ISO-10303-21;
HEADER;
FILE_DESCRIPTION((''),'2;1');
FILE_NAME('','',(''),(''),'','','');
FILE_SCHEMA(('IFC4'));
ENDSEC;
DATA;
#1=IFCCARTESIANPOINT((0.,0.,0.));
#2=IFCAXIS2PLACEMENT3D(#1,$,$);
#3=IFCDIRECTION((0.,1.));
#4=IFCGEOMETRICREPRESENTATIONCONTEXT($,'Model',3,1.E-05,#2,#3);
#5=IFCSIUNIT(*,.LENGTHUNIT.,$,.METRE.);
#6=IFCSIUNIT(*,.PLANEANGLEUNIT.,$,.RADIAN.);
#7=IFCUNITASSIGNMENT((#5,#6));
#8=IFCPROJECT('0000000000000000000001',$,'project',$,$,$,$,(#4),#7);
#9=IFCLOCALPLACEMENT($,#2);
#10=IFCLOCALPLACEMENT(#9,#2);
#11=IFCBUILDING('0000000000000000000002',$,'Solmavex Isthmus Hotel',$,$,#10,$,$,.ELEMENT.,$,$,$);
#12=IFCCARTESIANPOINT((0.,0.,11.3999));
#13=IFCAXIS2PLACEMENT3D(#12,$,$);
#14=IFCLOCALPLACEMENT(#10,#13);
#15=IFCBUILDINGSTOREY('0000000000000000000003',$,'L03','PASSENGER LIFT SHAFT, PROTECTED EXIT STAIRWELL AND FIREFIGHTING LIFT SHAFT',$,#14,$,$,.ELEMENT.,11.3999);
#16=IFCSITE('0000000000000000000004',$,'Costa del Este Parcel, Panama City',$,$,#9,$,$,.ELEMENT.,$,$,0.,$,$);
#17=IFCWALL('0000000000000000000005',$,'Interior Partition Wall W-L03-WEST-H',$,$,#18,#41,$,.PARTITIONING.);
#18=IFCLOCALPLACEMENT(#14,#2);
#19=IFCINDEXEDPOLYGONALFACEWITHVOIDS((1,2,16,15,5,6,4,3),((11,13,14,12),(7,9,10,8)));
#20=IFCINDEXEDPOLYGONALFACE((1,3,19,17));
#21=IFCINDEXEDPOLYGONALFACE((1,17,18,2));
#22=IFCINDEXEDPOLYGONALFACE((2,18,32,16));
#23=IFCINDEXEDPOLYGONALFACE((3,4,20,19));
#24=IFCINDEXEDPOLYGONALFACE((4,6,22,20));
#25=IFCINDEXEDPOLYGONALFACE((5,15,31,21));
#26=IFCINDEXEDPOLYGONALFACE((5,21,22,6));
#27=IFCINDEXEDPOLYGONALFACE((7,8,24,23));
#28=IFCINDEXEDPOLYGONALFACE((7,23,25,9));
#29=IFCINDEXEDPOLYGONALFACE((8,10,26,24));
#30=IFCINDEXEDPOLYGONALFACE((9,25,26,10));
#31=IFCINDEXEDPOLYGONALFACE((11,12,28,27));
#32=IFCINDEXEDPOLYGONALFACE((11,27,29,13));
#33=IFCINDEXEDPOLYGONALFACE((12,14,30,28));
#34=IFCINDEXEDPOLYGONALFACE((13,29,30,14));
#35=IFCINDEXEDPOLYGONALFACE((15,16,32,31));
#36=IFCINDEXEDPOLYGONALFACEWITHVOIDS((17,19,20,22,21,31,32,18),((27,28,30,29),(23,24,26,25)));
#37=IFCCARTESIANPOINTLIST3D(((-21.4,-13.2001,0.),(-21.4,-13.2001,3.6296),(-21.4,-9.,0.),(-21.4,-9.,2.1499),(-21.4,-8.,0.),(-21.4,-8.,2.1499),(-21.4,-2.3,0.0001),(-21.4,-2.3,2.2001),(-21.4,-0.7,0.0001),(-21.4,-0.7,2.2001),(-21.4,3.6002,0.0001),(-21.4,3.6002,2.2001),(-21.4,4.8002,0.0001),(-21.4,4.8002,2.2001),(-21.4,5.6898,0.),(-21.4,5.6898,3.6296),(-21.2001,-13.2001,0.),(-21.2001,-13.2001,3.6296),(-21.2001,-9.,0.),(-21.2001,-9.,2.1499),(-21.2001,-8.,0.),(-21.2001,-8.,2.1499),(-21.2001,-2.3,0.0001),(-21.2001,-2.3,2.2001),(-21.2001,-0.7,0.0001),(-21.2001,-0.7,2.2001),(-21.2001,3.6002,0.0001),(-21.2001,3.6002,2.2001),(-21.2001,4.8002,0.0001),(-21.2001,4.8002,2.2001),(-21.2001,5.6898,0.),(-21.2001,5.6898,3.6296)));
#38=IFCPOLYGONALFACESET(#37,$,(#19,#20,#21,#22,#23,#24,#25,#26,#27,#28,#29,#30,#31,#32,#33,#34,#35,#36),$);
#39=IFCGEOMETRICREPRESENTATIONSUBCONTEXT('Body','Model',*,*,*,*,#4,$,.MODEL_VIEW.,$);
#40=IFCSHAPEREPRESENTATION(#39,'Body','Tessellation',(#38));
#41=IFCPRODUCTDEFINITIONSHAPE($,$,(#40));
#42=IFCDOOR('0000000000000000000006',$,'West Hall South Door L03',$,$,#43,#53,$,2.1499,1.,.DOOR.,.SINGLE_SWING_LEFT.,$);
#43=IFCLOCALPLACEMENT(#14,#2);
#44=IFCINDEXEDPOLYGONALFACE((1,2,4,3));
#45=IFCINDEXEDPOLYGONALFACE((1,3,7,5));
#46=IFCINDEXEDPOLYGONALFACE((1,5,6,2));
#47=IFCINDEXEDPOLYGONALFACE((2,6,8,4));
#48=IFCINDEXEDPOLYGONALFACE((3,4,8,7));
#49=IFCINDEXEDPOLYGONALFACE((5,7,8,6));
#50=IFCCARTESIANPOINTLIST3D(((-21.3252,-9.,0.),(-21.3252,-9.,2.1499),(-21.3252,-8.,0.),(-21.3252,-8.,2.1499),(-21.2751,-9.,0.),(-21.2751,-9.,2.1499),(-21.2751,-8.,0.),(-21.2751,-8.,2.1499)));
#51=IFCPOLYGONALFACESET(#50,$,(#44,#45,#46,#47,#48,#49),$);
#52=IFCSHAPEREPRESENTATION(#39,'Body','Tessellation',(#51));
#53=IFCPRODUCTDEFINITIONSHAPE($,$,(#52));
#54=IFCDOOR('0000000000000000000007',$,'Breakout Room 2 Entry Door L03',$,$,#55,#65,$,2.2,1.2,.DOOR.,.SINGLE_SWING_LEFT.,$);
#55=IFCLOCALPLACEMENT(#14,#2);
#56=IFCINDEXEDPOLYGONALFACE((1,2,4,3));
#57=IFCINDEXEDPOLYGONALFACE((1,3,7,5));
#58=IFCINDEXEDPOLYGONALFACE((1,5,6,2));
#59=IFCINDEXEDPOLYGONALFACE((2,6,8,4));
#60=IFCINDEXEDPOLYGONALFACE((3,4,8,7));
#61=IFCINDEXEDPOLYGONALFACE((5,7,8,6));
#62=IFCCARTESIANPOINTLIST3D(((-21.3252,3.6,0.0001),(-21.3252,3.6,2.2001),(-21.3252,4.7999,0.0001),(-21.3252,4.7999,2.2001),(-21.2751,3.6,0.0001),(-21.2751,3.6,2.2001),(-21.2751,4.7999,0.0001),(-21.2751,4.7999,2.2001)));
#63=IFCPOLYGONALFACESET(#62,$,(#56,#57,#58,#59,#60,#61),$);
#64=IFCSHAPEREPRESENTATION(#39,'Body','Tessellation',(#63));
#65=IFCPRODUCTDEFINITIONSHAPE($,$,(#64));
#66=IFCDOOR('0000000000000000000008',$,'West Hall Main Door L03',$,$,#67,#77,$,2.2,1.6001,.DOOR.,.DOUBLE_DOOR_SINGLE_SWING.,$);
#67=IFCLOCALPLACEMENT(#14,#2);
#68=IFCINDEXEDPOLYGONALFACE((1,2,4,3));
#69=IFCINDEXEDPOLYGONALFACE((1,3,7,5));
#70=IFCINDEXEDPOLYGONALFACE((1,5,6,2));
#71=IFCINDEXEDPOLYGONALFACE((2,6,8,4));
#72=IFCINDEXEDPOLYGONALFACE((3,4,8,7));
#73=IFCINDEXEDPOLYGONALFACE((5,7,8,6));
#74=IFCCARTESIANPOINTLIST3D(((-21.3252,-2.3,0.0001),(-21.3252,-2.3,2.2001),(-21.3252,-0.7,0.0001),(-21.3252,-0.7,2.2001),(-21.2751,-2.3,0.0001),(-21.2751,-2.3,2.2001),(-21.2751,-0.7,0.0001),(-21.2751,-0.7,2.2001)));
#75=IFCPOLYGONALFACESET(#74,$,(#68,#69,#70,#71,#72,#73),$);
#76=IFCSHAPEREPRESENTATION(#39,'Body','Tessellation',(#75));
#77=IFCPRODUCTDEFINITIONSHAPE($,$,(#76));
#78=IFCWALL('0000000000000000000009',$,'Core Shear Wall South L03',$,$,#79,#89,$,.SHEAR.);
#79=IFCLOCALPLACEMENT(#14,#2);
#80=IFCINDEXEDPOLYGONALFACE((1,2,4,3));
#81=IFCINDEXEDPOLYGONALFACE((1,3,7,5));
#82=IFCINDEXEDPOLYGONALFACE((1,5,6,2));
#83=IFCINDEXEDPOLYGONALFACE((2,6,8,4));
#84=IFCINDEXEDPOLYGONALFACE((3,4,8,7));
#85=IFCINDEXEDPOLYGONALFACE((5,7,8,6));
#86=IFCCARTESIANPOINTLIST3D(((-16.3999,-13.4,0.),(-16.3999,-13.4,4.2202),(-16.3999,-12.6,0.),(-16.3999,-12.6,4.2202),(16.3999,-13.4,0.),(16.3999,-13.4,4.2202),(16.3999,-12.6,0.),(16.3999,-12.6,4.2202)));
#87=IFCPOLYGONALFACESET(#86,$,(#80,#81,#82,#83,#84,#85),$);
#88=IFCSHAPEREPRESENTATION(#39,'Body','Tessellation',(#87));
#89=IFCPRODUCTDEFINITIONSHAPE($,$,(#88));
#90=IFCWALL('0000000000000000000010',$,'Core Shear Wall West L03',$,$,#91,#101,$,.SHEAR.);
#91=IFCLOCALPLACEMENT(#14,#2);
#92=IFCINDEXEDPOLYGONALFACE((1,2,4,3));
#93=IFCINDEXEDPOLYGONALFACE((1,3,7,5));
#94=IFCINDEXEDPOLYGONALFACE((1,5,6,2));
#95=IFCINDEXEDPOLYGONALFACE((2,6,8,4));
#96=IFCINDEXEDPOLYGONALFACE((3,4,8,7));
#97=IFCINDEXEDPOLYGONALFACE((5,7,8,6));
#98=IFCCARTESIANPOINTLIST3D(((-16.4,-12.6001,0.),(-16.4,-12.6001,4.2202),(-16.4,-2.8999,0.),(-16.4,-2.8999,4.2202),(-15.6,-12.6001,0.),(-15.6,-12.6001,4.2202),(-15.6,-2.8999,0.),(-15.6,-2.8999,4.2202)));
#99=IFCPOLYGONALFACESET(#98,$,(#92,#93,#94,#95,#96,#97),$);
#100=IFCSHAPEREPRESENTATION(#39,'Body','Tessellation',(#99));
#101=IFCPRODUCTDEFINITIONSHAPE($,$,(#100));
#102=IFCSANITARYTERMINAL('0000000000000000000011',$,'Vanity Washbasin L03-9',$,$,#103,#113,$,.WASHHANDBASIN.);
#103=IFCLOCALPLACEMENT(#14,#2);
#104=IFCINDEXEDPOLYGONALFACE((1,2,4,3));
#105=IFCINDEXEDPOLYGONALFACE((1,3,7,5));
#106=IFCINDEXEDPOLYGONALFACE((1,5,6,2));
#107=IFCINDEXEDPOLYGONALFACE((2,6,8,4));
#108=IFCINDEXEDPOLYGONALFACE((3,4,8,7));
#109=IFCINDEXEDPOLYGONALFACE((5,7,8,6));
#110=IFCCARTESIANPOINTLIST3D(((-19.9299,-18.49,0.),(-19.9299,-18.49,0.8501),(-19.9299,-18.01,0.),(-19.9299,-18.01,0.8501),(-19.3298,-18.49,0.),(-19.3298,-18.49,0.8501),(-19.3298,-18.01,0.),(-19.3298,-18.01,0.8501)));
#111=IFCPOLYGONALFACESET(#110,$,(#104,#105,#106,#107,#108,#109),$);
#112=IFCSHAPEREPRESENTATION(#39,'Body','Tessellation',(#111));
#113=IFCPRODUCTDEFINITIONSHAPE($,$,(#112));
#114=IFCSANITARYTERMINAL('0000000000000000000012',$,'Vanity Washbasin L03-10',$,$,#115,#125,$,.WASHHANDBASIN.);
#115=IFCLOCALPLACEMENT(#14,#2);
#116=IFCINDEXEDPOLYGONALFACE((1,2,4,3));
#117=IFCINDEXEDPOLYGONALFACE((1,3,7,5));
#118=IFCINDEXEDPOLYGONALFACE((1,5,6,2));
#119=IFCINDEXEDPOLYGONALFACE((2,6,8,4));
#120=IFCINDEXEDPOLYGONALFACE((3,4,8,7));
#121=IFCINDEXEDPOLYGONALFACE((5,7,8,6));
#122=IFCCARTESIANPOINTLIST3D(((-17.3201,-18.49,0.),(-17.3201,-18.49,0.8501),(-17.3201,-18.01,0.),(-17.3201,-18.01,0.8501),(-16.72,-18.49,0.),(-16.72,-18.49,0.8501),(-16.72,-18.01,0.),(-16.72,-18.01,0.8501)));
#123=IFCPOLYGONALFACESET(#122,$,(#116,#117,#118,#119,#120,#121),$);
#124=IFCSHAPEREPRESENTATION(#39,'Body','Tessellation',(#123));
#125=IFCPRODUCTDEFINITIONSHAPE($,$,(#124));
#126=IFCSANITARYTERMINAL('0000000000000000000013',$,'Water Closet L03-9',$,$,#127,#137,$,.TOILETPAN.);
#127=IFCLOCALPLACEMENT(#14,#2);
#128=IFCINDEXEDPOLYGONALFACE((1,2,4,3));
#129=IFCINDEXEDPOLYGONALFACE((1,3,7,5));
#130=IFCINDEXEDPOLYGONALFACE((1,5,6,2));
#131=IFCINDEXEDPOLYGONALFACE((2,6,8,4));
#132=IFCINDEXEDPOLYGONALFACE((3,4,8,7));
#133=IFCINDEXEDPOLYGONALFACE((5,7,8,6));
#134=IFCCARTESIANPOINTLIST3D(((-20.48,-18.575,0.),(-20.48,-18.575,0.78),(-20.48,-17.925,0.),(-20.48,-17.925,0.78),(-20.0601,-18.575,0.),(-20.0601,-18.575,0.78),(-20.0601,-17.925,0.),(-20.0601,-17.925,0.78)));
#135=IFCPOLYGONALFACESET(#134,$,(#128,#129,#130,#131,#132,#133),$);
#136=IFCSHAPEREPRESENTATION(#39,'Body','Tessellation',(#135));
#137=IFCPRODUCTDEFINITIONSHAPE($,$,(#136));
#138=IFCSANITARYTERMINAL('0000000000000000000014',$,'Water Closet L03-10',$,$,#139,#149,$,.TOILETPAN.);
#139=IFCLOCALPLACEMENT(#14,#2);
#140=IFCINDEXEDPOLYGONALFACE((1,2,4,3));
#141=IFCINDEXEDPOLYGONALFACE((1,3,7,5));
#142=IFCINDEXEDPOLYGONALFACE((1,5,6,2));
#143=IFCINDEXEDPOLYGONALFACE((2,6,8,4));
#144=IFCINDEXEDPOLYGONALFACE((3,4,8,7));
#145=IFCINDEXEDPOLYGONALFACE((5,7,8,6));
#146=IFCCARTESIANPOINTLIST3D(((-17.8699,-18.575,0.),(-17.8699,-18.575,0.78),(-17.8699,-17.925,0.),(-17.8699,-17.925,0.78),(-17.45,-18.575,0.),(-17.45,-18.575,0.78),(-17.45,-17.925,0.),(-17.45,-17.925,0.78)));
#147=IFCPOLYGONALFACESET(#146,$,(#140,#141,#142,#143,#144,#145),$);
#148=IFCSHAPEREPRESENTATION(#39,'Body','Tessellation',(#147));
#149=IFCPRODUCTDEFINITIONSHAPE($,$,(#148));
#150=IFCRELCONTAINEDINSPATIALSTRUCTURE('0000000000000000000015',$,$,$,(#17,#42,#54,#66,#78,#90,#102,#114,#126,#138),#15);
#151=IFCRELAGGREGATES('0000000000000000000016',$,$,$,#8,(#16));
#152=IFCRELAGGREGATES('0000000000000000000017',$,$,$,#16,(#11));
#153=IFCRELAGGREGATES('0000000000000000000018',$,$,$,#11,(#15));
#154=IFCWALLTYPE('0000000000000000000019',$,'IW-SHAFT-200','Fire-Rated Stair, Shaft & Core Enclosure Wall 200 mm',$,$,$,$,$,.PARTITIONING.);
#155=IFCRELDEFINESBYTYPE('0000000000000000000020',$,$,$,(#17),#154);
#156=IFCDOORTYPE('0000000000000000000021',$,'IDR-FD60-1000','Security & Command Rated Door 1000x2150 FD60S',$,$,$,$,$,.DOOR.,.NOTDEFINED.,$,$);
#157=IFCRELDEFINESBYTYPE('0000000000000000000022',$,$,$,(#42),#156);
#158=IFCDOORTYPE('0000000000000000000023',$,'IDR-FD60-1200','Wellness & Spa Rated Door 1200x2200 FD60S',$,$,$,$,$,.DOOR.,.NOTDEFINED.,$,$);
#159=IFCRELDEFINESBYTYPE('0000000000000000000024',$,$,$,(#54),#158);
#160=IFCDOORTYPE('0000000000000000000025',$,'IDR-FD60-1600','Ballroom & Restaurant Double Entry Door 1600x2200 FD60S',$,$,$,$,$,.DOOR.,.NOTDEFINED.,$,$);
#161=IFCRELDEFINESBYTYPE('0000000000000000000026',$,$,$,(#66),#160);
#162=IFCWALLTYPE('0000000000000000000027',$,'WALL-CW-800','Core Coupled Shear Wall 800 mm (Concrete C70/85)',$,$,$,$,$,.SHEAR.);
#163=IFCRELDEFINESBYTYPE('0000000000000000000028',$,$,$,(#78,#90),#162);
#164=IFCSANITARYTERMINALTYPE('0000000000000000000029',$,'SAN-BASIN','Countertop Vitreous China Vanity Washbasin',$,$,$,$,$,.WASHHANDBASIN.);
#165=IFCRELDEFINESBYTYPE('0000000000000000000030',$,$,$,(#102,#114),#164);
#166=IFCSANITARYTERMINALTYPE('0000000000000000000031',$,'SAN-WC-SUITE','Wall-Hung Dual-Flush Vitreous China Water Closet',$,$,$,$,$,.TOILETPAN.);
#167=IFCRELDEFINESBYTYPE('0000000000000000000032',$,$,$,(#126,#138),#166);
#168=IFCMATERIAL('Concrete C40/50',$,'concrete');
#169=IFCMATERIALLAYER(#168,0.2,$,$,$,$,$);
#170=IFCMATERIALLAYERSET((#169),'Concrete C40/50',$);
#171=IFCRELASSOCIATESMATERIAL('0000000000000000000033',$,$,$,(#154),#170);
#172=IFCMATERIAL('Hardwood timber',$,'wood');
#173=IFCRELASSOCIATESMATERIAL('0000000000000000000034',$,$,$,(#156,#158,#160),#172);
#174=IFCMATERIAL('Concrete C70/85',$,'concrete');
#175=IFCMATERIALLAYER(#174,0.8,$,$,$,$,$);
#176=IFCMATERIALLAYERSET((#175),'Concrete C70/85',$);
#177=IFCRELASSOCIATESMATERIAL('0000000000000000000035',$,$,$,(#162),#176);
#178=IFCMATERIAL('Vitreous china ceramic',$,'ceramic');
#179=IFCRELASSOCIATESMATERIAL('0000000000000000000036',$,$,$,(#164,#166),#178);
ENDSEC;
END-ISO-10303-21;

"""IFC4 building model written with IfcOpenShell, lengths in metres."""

from ifc_helpers import new_model, si_unit, direction, frame, frame_2d, origin, origin_2d, place, context, subcontext, project, spatial, rectangle, extrude, material, layer, layer_set, type_object, element, fill, save


model = new_model("IFC4")

# Units and contexts
model_context = context("Model", 3, precision=1e-05, world=origin(), true_north=direction((0.0, 1.0)))
body_context = subcontext(model_context, "Body", "Model", "MODEL_VIEW")
ifc_project = project(units=[si_unit("LENGTHUNIT", "METRE"), si_unit("PLANEANGLEUNIT", "RADIAN")], contexts=[model_context])

# Site, building, storey
site_placement = place(None, origin())
site = spatial("IfcSite", under=ifc_project, at=site_placement, Name="Costa del Este Parcel, Panama City", CompositionType="ELEMENT", RefElevation=0.0)
building_placement = place(site_placement, origin())
building = spatial("IfcBuilding", under=site, at=building_placement, Name="Solmavex Isthmus Hotel", CompositionType="ELEMENT")
storey_placement = place(building_placement, frame((0.0, 0.0, 11.3999)))
storey = spatial("IfcBuildingStorey", under=building, at=storey_placement, Name="L03", Description="PASSENGER LIFT SHAFT, PROTECTED EXIT STAIRWELL AND FIREFIGHTING LIFT SHAFT", CompositionType="ELEMENT", Elevation=11.3999)

# Shared definitions
ifc_material_1 = material(Name="Concrete C70/85", Category="concrete")

# Shared definitions
ifc_material_2 = material(Name="Hardwood timber", Category="wood")

# Wall, openings, doors
ifc_material_3 = material(Name="Concrete C40/50", Category="concrete")
ifc_layer_1 = layer(ifc_material_3, 0.2)
ifc_layer_set_1 = layer_set([ifc_layer_1], Name="Concrete C40/50")
wall_type_1 = type_object("IfcWallType", Name="IW-SHAFT-200", Description="Fire-Rated Stair, Shaft & Core Enclosure Wall 200 mm", PredefinedType="PARTITIONING", material=ifc_layer_set_1)
wall_1_placement = place(storey_placement, frame((-21.3, -13.2, 0.0), z_axis=(0.0, 0.0, 1.0), x_axis=(0.0, 1.0, 0.0)))
wall_1 = element("IfcWall", 1, at=wall_1_placement, inside=storey, type_object=wall_type_1, Name="Interior Partition Wall W-L03-WEST-H", PredefinedType="PARTITIONING", context=body_context, shape_type="SweptSolid", body=[
    extrude(rectangle(XDim=18.8899, YDim=0.2, at=frame_2d((9.4448, 0.0))), origin(), (0.0, 0.0, 1.0), 3.6296),
])
opening_1_placement = place(wall_1_placement, frame((16.8, 0.0, 0.0)))
opening_1 = element("IfcOpeningElement", 2, at=opening_1_placement, cuts=wall_1, PredefinedType="OPENING", context=body_context, shape_type="SweptSolid", body=[
    extrude(rectangle(XDim=1.2, YDim=2.2, at=frame_2d((0.6001, 1.1001))), frame((0.0, 0.1099, 0.0), z_axis=(0.0, -1.0, 0.0), x_axis=(1.0, 0.0, 0.0)), (0.0, 0.0, 1.0), 0.22),
])
opening_2_placement = place(wall_1_placement, frame((10.8999, 0.0, 0.0)))
opening_2 = element("IfcOpeningElement", 3, at=opening_2_placement, cuts=wall_1, PredefinedType="OPENING", context=body_context, shape_type="SweptSolid", body=[
    extrude(rectangle(XDim=1.6001, YDim=2.2, at=frame_2d((0.8, 1.1001))), frame((0.0, 0.1099, 0.0), z_axis=(0.0, -1.0, 0.0), x_axis=(1.0, 0.0, 0.0)), (0.0, 0.0, 1.0), 0.22),
])
opening_3_placement = place(wall_1_placement, frame((4.2, 0.0, 0.0)))
opening_3 = element("IfcOpeningElement", 4, at=opening_3_placement, cuts=wall_1, PredefinedType="OPENING", context=body_context, shape_type="SweptSolid", body=[
    extrude(rectangle(XDim=1.0, YDim=2.1499, at=frame_2d((0.5, 1.075))), frame((0.0, 0.1099, 0.0), z_axis=(0.0, -1.0, 0.0), x_axis=(1.0, 0.0, 0.0)), (0.0, 0.0, 1.0), 0.22),
])
door_type_1 = type_object("IfcDoorType", Name="IDR-FD60-1000", Description="Security & Command Rated Door 1000x2150 FD60S", OperationType="NOTDEFINED", PredefinedType="DOOR", material=ifc_material_2)
door_1_placement = place(opening_3_placement, frame((1.0, 0.0, 0.0), z_axis=(0.0, 0.0, 1.0), x_axis=(-1.0, 0.0, 0.0)))
door_1 = element("IfcDoor", 5, at=door_1_placement, inside=storey, type_object=door_type_1, Name="West Hall South Door L03", OperationType="SINGLE_SWING_LEFT", OverallHeight=2.1499, OverallWidth=1.0, PredefinedType="DOOR", context=body_context, shape_type="SweptSolid", body=[
    extrude(rectangle(XDim=1.0, YDim=2.1499, at=frame_2d((0.5, 1.075))), frame((0.0, 0.0249, 0.0), z_axis=(0.0, -1.0, 0.0), x_axis=(1.0, 0.0, 0.0)), (0.0, 0.0, 1.0), 0.05),
])
fill(opening_3, door_1)
door_type_2 = type_object("IfcDoorType", Name="IDR-FD60-1200", Description="Wellness & Spa Rated Door 1200x2200 FD60S", OperationType="NOTDEFINED", PredefinedType="DOOR", material=ifc_material_2)
door_2_placement = place(opening_1_placement, frame((1.2, 0.0, 0.0), z_axis=(0.0, 0.0, 1.0), x_axis=(-1.0, 0.0, 0.0)))
door_2 = element("IfcDoor", 6, at=door_2_placement, inside=storey, type_object=door_type_2, Name="Breakout Room 2 Entry Door L03", OperationType="SINGLE_SWING_LEFT", OverallHeight=2.2, OverallWidth=1.2, PredefinedType="DOOR", context=body_context, shape_type="SweptSolid", body=[
    extrude(rectangle(XDim=1.2, YDim=2.2, at=frame_2d((0.6001, 1.1001))), frame((0.0, 0.0249, 0.0), z_axis=(0.0, -1.0, 0.0), x_axis=(1.0, 0.0, 0.0)), (0.0, 0.0, 1.0), 0.05),
])
fill(opening_1, door_2)
door_type_3 = type_object("IfcDoorType", Name="IDR-FD60-1600", Description="Ballroom & Restaurant Double Entry Door 1600x2200 FD60S", OperationType="NOTDEFINED", PredefinedType="DOOR", material=ifc_material_2)
door_3_placement = place(opening_2_placement, frame((1.6001, 0.0, 0.0), z_axis=(0.0, 0.0, 1.0), x_axis=(-1.0, 0.0, 0.0)))
door_3 = element("IfcDoor", 7, at=door_3_placement, inside=storey, type_object=door_type_3, Name="West Hall Main Door L03", OperationType="DOUBLE_DOOR_SINGLE_SWING", OverallHeight=2.2, OverallWidth=1.6001, PredefinedType="DOOR", context=body_context, shape_type="SweptSolid", body=[
    extrude(rectangle(XDim=1.6001, YDim=2.2, at=frame_2d((0.8, 1.1001))), frame((0.0, 0.0249, 0.0), z_axis=(0.0, -1.0, 0.0), x_axis=(1.0, 0.0, 0.0)), (0.0, 0.0, 1.0), 0.05),
])
fill(opening_2, door_3)

# Walls
ifc_layer_2 = layer(ifc_material_1, 0.8)
ifc_layer_set_2 = layer_set([ifc_layer_2], Name="Concrete C70/85")
wall_type_2 = type_object("IfcWallType", Name="WALL-CW-800", Description="Core Coupled Shear Wall 800 mm (Concrete C70/85)", PredefinedType="SHEAR", material=ifc_layer_set_2)
wall_2_placement = place(storey_placement, frame((-16.3999, -13.0, 0.0), z_axis=(0.0, 0.0, 1.0), x_axis=(1.0, 0.0, 0.0)))
element("IfcWall", 8, at=wall_2_placement, inside=storey, type_object=wall_type_2, Name="Core Shear Wall South L03", PredefinedType="SHEAR", context=body_context, shape_type="SweptSolid", body=[
    extrude(rectangle(XDim=32.7998, YDim=0.8, at=frame_2d((16.3999, 0.0))), origin(), (0.0, 0.0, 1.0), 4.2202),
])
wall_3_placement = place(storey_placement, frame((-16.0, -12.6001, 0.0), z_axis=(0.0, 0.0, 1.0), x_axis=(0.0, 1.0, 0.0)))
element("IfcWall", 9, at=wall_3_placement, inside=storey, type_object=wall_type_2, Name="Core Shear Wall West L03", PredefinedType="SHEAR", context=body_context, shape_type="SweptSolid", body=[
    extrude(rectangle(XDim=9.7002, YDim=0.8, at=frame_2d((4.8501, 0.0))), origin(), (0.0, 0.0, 1.0), 4.2202),
])

# Sanitary terminals
ifc_material_4 = material(Name="Vitreous china ceramic", Category="ceramic")
sanitary_terminal_type_1 = type_object("IfcSanitaryTerminalType", Name="SAN-BASIN", Description="Countertop Vitreous China Vanity Washbasin", PredefinedType="WASHHANDBASIN", material=ifc_material_4)
for number, where, z_axis, x_axis, name in (
    (10, (-19.6299, -18.25, 0.0), (0.0, 0.0, 1.0), (1.0, 0.0, 0.0), "Vanity Washbasin L03-9"),
    (11, (-17.02, -18.25, 0.0), (0.0, 0.0, 1.0), (1.0, 0.0, 0.0), "Vanity Washbasin L03-10"),
):
    element("IfcSanitaryTerminal", number, at=place(storey_placement, frame(where, z_axis=z_axis, x_axis=x_axis)), inside=storey, type_object=sanitary_terminal_type_1, Name=name, PredefinedType="WASHHANDBASIN", context=body_context, shape_type="SweptSolid", body=[
        extrude(rectangle(XDim=0.6001, YDim=0.48, at=origin_2d()), origin(), (0.0, 0.0, 1.0), 0.8501),
    ])
sanitary_terminal_type_2 = type_object("IfcSanitaryTerminalType", Name="SAN-WC-SUITE", Description="Wall-Hung Dual-Flush Vitreous China Water Closet", PredefinedType="TOILETPAN", material=ifc_material_4)
for number, where, z_axis, x_axis, name in (
    (12, (-20.27, -18.25, 0.0), (0.0, 0.0, 1.0), (1.0, 0.0, 0.0), "Water Closet L03-9"),
    (13, (-17.6599, -18.25, 0.0), (0.0, 0.0, 1.0), (1.0, 0.0, 0.0), "Water Closet L03-10"),
):
    element("IfcSanitaryTerminal", number, at=place(storey_placement, frame(where, z_axis=z_axis, x_axis=x_axis)), inside=storey, type_object=sanitary_terminal_type_2, Name=name, PredefinedType="TOILETPAN", context=body_context, shape_type="SweptSolid", body=[
        extrude(rectangle(XDim=0.4199, YDim=0.6499, at=origin_2d()), origin(), (0.0, 0.0, 1.0), 0.78),
    ])

save(model, "model.ifc")
